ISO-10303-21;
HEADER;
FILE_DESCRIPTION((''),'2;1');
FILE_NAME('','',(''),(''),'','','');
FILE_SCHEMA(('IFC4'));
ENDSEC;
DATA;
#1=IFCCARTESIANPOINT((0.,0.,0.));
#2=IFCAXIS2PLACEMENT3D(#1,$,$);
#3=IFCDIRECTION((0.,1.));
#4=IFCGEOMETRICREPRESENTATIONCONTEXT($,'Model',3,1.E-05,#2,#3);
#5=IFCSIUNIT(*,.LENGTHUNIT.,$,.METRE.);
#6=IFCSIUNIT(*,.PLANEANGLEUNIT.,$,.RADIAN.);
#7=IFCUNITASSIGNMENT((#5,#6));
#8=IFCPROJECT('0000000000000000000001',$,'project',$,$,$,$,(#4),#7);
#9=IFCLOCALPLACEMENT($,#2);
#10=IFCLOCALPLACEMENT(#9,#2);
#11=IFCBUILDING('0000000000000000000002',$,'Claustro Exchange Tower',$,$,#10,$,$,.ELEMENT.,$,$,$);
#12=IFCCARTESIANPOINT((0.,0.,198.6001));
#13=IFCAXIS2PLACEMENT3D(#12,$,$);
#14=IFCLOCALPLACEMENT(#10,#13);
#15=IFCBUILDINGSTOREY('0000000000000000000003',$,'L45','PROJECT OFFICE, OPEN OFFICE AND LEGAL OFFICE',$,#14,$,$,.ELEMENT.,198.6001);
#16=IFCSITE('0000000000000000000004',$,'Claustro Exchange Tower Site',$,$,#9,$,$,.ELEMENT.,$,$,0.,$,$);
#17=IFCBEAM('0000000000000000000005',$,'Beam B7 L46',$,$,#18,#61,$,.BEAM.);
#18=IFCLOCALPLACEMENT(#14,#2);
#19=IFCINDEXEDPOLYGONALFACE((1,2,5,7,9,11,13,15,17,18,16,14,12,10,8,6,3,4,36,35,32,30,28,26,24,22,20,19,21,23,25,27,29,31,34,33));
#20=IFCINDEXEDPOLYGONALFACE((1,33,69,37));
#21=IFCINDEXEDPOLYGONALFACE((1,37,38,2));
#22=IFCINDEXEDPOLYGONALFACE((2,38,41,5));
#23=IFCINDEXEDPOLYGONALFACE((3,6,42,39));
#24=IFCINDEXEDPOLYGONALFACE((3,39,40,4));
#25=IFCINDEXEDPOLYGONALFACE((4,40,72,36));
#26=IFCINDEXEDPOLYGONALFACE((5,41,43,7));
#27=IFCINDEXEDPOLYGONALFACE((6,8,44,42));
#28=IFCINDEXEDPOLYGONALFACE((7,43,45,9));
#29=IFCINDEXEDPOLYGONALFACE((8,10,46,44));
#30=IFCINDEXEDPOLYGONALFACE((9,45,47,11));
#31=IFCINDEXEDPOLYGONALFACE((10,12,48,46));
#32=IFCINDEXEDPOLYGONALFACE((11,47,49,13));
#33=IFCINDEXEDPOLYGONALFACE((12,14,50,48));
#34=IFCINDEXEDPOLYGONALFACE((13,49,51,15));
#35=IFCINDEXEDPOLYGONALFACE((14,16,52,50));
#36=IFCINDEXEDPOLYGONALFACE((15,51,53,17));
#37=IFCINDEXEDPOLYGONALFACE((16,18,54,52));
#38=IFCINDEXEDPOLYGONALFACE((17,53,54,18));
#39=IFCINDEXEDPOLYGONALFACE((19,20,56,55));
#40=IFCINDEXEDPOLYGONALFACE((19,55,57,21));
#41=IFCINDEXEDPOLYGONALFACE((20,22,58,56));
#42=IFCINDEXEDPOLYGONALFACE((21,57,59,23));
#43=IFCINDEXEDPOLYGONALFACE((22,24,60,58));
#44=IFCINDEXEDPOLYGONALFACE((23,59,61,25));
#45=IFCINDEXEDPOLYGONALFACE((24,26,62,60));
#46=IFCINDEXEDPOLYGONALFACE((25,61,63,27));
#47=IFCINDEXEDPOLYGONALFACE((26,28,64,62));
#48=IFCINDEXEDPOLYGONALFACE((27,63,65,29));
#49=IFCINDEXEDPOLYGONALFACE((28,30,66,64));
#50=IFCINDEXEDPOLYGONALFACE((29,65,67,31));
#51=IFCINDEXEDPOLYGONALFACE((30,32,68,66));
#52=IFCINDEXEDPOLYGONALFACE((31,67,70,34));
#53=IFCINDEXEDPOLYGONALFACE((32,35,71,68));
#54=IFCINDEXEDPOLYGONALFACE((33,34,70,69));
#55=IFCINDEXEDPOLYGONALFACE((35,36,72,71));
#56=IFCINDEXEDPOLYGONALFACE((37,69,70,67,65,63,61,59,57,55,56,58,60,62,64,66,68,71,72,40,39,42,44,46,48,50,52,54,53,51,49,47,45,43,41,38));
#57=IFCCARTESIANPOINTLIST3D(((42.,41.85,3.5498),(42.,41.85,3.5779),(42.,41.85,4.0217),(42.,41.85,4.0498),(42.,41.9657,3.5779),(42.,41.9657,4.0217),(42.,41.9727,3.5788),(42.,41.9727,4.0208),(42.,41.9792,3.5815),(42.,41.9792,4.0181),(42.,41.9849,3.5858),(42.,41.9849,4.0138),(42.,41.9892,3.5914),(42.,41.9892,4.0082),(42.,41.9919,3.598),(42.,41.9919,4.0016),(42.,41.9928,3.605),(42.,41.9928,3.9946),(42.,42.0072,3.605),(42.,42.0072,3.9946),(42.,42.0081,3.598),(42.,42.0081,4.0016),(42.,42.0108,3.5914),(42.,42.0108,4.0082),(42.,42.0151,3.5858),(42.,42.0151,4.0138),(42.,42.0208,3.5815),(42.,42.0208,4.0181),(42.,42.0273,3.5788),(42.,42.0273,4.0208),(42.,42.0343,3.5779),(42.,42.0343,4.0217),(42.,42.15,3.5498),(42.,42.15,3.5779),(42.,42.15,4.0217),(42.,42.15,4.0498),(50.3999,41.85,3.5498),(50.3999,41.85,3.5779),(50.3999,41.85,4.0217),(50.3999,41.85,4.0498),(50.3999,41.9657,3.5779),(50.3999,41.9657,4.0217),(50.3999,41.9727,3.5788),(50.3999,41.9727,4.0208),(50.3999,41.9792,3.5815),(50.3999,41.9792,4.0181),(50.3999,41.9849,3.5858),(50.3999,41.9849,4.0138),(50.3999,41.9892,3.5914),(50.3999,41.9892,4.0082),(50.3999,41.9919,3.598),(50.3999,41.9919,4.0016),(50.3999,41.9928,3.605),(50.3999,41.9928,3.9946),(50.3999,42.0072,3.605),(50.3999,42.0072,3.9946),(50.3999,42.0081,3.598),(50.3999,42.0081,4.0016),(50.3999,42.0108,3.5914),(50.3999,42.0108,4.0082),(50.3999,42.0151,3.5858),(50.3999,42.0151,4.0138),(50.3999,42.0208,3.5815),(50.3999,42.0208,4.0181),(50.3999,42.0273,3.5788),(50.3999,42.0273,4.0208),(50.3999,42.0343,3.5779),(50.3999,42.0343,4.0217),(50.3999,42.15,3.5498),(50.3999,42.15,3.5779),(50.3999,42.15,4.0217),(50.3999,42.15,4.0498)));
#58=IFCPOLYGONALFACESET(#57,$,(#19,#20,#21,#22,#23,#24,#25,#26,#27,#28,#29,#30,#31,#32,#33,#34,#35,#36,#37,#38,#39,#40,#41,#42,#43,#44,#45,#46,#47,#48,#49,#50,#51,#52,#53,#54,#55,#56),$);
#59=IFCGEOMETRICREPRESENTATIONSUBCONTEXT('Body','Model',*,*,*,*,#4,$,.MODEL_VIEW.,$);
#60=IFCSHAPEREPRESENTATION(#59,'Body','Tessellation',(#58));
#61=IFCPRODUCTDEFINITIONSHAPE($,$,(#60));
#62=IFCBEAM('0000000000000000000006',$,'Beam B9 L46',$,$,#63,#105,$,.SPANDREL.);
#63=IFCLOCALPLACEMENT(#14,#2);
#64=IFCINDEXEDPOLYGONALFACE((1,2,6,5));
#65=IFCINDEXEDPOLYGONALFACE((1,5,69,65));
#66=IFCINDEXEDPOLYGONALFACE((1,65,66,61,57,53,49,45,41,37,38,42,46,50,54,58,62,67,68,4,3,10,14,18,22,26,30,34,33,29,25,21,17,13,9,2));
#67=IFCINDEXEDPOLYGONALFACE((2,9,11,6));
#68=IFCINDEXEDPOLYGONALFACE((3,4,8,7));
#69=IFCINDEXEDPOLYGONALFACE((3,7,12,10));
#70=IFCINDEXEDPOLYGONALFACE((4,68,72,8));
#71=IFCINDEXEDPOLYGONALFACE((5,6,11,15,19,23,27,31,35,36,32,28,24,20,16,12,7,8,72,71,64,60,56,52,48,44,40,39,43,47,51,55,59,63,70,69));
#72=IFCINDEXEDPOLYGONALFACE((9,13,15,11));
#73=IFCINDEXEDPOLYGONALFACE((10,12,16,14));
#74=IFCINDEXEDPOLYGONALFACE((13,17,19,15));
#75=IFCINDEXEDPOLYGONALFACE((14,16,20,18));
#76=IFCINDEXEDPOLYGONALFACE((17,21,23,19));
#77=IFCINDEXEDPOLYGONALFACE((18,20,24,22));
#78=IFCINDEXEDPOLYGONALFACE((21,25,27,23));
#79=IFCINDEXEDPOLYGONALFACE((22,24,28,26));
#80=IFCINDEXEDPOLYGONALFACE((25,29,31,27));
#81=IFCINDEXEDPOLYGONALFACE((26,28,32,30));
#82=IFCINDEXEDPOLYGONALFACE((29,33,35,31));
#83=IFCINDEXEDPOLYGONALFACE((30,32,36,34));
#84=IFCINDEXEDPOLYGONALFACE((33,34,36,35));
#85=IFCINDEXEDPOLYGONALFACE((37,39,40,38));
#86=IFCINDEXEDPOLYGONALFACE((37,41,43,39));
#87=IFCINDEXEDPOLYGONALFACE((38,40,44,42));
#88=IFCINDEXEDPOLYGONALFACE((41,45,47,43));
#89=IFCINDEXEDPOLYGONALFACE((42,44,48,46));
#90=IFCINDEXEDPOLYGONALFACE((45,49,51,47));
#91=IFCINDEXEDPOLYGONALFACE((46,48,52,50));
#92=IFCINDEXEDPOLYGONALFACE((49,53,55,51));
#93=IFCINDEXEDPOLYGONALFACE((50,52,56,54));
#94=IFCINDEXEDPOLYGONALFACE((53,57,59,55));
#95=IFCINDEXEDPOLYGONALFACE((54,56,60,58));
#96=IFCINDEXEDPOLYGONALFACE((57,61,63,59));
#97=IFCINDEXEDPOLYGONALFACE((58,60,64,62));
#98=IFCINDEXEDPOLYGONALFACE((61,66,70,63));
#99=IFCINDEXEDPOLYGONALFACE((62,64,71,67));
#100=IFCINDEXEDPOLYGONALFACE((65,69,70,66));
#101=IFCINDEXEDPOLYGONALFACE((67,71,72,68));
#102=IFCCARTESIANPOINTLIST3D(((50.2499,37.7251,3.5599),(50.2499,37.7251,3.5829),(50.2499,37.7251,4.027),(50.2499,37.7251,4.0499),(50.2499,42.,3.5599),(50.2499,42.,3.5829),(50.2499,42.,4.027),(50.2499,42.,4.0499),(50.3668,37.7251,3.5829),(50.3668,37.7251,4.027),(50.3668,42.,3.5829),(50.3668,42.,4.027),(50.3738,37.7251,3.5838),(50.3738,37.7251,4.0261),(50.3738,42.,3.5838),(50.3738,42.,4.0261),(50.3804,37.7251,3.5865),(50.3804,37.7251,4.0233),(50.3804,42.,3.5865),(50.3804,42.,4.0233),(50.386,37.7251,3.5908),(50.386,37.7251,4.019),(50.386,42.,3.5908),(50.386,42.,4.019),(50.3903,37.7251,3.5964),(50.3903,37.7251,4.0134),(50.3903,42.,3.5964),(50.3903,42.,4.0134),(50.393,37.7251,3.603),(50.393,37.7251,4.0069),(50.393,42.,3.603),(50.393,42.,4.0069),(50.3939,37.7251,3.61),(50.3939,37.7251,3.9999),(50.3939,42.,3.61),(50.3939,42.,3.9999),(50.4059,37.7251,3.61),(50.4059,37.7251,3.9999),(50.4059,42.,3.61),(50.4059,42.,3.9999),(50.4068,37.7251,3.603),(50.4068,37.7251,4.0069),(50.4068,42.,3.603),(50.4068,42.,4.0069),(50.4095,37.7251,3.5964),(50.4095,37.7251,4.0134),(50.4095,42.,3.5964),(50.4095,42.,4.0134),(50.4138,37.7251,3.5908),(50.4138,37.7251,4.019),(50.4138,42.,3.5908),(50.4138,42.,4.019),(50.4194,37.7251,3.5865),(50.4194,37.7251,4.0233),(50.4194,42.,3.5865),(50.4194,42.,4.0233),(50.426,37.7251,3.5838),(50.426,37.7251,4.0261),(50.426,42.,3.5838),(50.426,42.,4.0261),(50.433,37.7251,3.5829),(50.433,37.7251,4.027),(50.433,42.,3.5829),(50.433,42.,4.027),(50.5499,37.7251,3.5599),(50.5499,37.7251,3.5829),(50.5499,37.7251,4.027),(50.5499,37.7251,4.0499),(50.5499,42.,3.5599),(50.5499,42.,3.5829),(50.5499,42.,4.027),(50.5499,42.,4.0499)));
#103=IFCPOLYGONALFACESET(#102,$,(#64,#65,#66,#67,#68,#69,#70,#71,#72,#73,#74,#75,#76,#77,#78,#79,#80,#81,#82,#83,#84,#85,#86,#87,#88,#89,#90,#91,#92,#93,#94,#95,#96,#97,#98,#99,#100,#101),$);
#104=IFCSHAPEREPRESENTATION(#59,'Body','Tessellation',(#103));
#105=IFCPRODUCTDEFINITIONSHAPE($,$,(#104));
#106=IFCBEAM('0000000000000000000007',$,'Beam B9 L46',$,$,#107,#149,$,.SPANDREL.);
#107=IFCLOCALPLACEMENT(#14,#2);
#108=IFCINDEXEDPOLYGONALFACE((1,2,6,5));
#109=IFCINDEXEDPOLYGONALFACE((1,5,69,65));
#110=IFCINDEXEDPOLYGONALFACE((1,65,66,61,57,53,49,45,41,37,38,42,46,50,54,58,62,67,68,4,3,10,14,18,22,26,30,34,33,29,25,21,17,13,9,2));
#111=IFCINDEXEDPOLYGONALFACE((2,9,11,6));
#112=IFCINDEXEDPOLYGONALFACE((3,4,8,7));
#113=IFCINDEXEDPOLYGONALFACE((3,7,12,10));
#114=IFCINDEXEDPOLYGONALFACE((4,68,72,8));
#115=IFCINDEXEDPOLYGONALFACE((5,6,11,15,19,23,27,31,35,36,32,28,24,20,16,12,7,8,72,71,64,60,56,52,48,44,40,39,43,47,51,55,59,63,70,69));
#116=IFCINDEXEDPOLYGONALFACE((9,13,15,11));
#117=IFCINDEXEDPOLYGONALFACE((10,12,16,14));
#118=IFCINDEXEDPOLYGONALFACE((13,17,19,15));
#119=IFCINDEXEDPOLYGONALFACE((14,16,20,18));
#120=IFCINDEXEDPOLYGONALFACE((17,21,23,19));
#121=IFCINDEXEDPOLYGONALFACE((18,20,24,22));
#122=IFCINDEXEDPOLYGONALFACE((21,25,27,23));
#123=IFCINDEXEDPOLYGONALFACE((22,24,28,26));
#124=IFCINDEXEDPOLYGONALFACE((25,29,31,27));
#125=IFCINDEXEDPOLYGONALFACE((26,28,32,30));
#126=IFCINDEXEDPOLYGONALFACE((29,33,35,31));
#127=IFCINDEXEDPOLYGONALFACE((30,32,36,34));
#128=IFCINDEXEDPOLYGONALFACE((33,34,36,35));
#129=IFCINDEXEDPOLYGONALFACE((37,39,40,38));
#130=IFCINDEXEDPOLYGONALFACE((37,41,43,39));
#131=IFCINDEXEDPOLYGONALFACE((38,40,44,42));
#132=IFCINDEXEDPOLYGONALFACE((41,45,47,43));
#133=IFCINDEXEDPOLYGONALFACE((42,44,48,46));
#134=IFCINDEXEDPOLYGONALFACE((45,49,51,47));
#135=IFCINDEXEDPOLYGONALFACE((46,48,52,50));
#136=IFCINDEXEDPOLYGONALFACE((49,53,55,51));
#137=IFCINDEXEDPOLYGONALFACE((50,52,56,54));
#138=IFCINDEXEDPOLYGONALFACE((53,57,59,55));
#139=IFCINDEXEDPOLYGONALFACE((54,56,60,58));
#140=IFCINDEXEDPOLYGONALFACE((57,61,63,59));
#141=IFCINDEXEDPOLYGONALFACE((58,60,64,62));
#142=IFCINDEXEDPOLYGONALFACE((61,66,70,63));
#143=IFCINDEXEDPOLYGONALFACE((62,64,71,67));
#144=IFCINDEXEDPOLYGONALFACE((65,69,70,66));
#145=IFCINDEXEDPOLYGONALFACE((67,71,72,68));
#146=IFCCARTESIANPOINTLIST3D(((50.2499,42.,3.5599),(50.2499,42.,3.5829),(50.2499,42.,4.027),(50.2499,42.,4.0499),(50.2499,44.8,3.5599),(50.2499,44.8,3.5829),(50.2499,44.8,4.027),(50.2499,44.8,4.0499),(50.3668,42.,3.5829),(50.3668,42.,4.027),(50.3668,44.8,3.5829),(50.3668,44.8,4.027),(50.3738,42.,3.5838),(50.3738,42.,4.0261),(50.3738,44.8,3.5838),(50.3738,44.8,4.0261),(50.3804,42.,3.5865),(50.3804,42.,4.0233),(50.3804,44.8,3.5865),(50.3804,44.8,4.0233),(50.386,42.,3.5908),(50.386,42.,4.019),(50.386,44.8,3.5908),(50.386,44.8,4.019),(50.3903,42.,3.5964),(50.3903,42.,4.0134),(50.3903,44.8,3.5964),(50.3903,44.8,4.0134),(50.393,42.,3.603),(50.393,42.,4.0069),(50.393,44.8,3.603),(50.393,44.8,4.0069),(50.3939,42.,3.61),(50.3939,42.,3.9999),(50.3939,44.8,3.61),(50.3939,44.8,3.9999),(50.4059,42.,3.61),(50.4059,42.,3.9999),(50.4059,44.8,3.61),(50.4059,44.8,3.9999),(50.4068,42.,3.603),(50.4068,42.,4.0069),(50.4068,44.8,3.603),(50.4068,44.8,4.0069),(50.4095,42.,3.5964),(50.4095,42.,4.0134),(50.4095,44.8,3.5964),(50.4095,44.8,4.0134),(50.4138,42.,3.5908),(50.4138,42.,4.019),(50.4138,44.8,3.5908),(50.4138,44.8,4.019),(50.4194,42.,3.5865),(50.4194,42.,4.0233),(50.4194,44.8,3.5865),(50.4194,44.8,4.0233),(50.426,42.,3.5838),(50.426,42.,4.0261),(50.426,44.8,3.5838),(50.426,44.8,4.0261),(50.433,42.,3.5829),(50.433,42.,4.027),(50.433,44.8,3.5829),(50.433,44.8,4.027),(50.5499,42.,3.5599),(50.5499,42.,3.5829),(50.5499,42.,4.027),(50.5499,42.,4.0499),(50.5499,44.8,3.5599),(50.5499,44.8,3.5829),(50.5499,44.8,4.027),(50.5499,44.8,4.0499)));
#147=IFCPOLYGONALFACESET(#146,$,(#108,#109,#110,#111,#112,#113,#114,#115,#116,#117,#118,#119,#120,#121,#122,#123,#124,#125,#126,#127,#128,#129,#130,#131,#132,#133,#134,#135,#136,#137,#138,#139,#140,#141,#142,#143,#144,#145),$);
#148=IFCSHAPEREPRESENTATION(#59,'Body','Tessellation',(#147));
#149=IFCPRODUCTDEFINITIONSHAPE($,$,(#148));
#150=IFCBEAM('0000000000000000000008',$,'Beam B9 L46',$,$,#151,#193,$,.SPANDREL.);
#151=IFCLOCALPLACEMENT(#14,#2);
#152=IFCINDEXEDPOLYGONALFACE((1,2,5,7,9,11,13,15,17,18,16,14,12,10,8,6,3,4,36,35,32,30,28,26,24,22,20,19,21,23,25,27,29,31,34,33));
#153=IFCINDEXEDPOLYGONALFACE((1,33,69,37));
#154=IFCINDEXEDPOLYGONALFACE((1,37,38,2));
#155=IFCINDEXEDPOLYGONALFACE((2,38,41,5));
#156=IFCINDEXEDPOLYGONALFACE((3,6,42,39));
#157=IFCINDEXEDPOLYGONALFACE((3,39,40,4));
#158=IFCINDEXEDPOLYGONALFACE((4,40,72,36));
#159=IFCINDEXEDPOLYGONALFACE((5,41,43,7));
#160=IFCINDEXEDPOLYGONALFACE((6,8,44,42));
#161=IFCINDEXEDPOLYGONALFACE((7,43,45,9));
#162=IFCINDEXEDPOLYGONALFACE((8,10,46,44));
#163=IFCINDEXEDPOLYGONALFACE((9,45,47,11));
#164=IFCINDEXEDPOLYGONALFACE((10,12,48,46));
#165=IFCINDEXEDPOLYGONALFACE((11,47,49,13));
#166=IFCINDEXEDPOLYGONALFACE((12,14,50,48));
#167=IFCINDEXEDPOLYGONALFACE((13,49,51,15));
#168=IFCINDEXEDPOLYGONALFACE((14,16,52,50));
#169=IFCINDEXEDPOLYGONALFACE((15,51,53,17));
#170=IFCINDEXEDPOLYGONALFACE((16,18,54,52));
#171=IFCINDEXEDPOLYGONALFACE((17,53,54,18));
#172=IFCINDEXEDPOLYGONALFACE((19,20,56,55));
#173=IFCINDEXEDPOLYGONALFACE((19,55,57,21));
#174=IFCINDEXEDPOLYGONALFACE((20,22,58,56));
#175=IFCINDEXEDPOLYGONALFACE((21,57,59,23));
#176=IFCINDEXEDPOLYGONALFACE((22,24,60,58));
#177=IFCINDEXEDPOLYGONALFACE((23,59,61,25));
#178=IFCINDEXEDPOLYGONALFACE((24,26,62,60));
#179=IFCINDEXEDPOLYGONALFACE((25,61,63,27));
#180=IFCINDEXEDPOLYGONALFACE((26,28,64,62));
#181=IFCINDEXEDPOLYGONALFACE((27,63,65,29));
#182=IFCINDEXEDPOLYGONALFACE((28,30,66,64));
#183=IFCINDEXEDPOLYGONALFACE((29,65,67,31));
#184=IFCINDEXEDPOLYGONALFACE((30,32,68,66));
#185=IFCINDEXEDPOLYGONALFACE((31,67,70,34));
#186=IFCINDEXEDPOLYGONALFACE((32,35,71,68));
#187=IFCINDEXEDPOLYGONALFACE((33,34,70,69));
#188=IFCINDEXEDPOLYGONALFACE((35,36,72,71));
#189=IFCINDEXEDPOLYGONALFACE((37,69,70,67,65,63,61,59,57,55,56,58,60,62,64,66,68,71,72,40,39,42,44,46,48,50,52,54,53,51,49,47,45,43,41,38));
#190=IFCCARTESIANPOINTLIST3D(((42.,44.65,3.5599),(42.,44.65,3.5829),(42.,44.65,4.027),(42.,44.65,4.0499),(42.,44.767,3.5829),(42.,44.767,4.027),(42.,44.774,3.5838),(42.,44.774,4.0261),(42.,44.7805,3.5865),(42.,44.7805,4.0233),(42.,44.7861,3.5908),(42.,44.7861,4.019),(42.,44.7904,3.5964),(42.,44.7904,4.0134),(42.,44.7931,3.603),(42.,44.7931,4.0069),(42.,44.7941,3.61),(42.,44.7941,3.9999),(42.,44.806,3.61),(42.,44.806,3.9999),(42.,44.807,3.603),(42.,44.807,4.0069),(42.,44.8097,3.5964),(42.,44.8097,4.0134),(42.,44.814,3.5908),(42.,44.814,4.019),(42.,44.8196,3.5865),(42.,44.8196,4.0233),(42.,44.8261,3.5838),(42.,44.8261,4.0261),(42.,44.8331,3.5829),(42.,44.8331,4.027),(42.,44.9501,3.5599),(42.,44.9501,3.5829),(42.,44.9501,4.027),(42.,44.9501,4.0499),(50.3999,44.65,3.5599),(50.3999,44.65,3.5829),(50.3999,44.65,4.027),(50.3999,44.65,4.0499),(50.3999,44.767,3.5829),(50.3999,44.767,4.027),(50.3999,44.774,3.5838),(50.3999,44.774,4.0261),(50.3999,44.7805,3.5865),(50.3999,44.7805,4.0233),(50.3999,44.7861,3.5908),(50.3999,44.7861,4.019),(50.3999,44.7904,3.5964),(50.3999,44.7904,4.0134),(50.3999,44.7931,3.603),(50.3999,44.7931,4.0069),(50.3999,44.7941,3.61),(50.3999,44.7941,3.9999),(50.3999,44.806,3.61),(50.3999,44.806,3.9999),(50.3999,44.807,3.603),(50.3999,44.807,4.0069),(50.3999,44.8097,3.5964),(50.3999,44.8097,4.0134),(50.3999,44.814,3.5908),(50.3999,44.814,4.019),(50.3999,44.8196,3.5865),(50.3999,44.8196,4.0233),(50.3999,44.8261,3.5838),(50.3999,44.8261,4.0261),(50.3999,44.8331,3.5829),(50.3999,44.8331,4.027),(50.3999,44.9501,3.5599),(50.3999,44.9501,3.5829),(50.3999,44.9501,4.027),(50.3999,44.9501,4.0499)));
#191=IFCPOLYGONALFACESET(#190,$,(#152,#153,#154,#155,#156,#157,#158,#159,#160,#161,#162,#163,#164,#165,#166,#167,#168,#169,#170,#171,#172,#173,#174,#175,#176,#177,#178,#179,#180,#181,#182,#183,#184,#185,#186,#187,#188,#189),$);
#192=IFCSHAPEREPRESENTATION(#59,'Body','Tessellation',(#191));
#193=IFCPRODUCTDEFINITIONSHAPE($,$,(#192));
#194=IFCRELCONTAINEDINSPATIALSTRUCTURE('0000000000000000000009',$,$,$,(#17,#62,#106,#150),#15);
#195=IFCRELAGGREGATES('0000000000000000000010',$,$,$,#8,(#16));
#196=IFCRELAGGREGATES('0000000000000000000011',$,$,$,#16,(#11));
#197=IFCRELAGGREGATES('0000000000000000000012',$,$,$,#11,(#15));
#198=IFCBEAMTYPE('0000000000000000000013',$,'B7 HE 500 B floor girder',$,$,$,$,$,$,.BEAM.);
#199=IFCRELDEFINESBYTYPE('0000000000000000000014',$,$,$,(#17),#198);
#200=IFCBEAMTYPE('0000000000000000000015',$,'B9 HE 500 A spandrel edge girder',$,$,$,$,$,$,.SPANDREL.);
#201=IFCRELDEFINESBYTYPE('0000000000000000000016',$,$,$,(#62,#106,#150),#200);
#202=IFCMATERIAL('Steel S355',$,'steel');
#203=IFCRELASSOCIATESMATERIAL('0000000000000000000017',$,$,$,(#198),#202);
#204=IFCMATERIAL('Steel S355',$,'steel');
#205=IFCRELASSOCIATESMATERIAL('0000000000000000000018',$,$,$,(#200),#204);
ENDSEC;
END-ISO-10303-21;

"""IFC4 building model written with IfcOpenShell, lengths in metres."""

from ifc_helpers import new_model, si_unit, direction, frame, origin, origin_2d, place, context, subcontext, project, spatial, i_section, extrude, material, material_profile, profile_set, type_object, element, save


model = new_model("IFC4")

# Units and contexts
model_context = context("Model", 3, precision=1e-05, world=origin(), true_north=direction((0.0, 1.0)))
body_context = subcontext(model_context, "Body", "Model", "MODEL_VIEW")
ifc_project = project(units=[si_unit("LENGTHUNIT", "METRE"), si_unit("PLANEANGLEUNIT", "RADIAN")], contexts=[model_context])

# Site, building, storey
site_placement = place(None, origin())
site = spatial("IfcSite", under=ifc_project, at=site_placement, Name="Claustro Exchange Tower Site", CompositionType="ELEMENT", RefElevation=0.0)
building_placement = place(site_placement, origin())
building = spatial("IfcBuilding", under=site, at=building_placement, Name="Claustro Exchange Tower", CompositionType="ELEMENT")
storey_placement = place(building_placement, frame((0.0, 0.0, 198.6001)))
storey = spatial("IfcBuildingStorey", under=building, at=storey_placement, Name="L45", Description="PROJECT OFFICE, OPEN OFFICE AND LEGAL OFFICE", CompositionType="ELEMENT", Elevation=198.6001)

# Beams
ifc_material_1 = material(Name="Steel S355", Category="steel")
ifc_material_profile_1 = material_profile(ifc_material_1, i_section(OverallWidth=0.3, OverallDepth=0.5, WebThickness=0.0144, FlangeThickness=0.0281, FilletRadius=0.0271, at=origin_2d()), Name="HE 500 B")
ifc_profile_set_1 = profile_set([ifc_material_profile_1], Name="Steel S355")
beam_type_1 = type_object("IfcBeamType", Name="B7 HE 500 B floor girder", PredefinedType="BEAM", material=ifc_profile_set_1)
beam_1_placement = place(storey_placement, frame((42.0, 42.0, 3.7998), z_axis=(1.0, 0.0, 0.0), x_axis=(0.0, 1.0, 0.0)))
element("IfcBeam", 1, at=beam_1_placement, inside=storey, type_object=beam_type_1, Name="Beam B7 L46", PredefinedType="BEAM", context=body_context, shape_type="SweptSolid", body=[
    extrude(i_section(OverallWidth=0.3, OverallDepth=0.5, WebThickness=0.0144, FlangeThickness=0.0281, FilletRadius=0.0271, at=origin_2d()), origin(), (0.0, 0.0, 1.0), 8.3999),
])
ifc_material_2 = material(Name="Steel S355", Category="steel")
ifc_material_profile_2 = material_profile(ifc_material_2, i_section(OverallWidth=0.3, OverallDepth=0.49, WebThickness=0.012, FlangeThickness=0.0229, FilletRadius=0.0271, at=origin_2d()), Name="HE 500 A")
ifc_profile_set_2 = profile_set([ifc_material_profile_2], Name="Steel S355")
beam_type_2 = type_object("IfcBeamType", Name="B9 HE 500 A spandrel edge girder", PredefinedType="SPANDREL", material=ifc_profile_set_2)
beam_2_placement = place(storey_placement, frame((50.3999, 37.7251, 3.8049), z_axis=(0.0, 1.0, 0.0), x_axis=(-1.0, 0.0, 0.0)))
element("IfcBeam", 2, at=beam_2_placement, inside=storey, type_object=beam_type_2, Name="Beam B9 L46", PredefinedType="SPANDREL", context=body_context, shape_type="SweptSolid", body=[
    extrude(i_section(OverallWidth=0.3, OverallDepth=0.49, WebThickness=0.012, FlangeThickness=0.0229, FilletRadius=0.0271, at=origin_2d()), origin(), (0.0, 0.0, 1.0), 4.2749),
])
beam_3_placement = place(storey_placement, frame((50.3999, 42.0, 3.8049), z_axis=(0.0, 1.0, 0.0), x_axis=(-1.0, 0.0, 0.0)))
element("IfcBeam", 3, at=beam_3_placement, inside=storey, type_object=beam_type_2, Name="Beam B9 L46", PredefinedType="SPANDREL", context=body_context, shape_type="SweptSolid", body=[
    extrude(i_section(OverallWidth=0.3, OverallDepth=0.49, WebThickness=0.012, FlangeThickness=0.0229, FilletRadius=0.0271, at=origin_2d()), origin(), (0.0, 0.0, 1.0), 2.8),
])
beam_4_placement = place(storey_placement, frame((42.0, 44.8, 3.8049), z_axis=(1.0, 0.0, 0.0), x_axis=(0.0, 1.0, 0.0)))
element("IfcBeam", 4, at=beam_4_placement, inside=storey, type_object=beam_type_2, Name="Beam B9 L46", PredefinedType="SPANDREL", context=body_context, shape_type="SweptSolid", body=[
    extrude(i_section(OverallWidth=0.3, OverallDepth=0.49, WebThickness=0.012, FlangeThickness=0.0229, FilletRadius=0.0271, at=origin_2d()), origin(), (0.0, 0.0, 1.0), 8.3999),
])

save(model, "model.ifc")
